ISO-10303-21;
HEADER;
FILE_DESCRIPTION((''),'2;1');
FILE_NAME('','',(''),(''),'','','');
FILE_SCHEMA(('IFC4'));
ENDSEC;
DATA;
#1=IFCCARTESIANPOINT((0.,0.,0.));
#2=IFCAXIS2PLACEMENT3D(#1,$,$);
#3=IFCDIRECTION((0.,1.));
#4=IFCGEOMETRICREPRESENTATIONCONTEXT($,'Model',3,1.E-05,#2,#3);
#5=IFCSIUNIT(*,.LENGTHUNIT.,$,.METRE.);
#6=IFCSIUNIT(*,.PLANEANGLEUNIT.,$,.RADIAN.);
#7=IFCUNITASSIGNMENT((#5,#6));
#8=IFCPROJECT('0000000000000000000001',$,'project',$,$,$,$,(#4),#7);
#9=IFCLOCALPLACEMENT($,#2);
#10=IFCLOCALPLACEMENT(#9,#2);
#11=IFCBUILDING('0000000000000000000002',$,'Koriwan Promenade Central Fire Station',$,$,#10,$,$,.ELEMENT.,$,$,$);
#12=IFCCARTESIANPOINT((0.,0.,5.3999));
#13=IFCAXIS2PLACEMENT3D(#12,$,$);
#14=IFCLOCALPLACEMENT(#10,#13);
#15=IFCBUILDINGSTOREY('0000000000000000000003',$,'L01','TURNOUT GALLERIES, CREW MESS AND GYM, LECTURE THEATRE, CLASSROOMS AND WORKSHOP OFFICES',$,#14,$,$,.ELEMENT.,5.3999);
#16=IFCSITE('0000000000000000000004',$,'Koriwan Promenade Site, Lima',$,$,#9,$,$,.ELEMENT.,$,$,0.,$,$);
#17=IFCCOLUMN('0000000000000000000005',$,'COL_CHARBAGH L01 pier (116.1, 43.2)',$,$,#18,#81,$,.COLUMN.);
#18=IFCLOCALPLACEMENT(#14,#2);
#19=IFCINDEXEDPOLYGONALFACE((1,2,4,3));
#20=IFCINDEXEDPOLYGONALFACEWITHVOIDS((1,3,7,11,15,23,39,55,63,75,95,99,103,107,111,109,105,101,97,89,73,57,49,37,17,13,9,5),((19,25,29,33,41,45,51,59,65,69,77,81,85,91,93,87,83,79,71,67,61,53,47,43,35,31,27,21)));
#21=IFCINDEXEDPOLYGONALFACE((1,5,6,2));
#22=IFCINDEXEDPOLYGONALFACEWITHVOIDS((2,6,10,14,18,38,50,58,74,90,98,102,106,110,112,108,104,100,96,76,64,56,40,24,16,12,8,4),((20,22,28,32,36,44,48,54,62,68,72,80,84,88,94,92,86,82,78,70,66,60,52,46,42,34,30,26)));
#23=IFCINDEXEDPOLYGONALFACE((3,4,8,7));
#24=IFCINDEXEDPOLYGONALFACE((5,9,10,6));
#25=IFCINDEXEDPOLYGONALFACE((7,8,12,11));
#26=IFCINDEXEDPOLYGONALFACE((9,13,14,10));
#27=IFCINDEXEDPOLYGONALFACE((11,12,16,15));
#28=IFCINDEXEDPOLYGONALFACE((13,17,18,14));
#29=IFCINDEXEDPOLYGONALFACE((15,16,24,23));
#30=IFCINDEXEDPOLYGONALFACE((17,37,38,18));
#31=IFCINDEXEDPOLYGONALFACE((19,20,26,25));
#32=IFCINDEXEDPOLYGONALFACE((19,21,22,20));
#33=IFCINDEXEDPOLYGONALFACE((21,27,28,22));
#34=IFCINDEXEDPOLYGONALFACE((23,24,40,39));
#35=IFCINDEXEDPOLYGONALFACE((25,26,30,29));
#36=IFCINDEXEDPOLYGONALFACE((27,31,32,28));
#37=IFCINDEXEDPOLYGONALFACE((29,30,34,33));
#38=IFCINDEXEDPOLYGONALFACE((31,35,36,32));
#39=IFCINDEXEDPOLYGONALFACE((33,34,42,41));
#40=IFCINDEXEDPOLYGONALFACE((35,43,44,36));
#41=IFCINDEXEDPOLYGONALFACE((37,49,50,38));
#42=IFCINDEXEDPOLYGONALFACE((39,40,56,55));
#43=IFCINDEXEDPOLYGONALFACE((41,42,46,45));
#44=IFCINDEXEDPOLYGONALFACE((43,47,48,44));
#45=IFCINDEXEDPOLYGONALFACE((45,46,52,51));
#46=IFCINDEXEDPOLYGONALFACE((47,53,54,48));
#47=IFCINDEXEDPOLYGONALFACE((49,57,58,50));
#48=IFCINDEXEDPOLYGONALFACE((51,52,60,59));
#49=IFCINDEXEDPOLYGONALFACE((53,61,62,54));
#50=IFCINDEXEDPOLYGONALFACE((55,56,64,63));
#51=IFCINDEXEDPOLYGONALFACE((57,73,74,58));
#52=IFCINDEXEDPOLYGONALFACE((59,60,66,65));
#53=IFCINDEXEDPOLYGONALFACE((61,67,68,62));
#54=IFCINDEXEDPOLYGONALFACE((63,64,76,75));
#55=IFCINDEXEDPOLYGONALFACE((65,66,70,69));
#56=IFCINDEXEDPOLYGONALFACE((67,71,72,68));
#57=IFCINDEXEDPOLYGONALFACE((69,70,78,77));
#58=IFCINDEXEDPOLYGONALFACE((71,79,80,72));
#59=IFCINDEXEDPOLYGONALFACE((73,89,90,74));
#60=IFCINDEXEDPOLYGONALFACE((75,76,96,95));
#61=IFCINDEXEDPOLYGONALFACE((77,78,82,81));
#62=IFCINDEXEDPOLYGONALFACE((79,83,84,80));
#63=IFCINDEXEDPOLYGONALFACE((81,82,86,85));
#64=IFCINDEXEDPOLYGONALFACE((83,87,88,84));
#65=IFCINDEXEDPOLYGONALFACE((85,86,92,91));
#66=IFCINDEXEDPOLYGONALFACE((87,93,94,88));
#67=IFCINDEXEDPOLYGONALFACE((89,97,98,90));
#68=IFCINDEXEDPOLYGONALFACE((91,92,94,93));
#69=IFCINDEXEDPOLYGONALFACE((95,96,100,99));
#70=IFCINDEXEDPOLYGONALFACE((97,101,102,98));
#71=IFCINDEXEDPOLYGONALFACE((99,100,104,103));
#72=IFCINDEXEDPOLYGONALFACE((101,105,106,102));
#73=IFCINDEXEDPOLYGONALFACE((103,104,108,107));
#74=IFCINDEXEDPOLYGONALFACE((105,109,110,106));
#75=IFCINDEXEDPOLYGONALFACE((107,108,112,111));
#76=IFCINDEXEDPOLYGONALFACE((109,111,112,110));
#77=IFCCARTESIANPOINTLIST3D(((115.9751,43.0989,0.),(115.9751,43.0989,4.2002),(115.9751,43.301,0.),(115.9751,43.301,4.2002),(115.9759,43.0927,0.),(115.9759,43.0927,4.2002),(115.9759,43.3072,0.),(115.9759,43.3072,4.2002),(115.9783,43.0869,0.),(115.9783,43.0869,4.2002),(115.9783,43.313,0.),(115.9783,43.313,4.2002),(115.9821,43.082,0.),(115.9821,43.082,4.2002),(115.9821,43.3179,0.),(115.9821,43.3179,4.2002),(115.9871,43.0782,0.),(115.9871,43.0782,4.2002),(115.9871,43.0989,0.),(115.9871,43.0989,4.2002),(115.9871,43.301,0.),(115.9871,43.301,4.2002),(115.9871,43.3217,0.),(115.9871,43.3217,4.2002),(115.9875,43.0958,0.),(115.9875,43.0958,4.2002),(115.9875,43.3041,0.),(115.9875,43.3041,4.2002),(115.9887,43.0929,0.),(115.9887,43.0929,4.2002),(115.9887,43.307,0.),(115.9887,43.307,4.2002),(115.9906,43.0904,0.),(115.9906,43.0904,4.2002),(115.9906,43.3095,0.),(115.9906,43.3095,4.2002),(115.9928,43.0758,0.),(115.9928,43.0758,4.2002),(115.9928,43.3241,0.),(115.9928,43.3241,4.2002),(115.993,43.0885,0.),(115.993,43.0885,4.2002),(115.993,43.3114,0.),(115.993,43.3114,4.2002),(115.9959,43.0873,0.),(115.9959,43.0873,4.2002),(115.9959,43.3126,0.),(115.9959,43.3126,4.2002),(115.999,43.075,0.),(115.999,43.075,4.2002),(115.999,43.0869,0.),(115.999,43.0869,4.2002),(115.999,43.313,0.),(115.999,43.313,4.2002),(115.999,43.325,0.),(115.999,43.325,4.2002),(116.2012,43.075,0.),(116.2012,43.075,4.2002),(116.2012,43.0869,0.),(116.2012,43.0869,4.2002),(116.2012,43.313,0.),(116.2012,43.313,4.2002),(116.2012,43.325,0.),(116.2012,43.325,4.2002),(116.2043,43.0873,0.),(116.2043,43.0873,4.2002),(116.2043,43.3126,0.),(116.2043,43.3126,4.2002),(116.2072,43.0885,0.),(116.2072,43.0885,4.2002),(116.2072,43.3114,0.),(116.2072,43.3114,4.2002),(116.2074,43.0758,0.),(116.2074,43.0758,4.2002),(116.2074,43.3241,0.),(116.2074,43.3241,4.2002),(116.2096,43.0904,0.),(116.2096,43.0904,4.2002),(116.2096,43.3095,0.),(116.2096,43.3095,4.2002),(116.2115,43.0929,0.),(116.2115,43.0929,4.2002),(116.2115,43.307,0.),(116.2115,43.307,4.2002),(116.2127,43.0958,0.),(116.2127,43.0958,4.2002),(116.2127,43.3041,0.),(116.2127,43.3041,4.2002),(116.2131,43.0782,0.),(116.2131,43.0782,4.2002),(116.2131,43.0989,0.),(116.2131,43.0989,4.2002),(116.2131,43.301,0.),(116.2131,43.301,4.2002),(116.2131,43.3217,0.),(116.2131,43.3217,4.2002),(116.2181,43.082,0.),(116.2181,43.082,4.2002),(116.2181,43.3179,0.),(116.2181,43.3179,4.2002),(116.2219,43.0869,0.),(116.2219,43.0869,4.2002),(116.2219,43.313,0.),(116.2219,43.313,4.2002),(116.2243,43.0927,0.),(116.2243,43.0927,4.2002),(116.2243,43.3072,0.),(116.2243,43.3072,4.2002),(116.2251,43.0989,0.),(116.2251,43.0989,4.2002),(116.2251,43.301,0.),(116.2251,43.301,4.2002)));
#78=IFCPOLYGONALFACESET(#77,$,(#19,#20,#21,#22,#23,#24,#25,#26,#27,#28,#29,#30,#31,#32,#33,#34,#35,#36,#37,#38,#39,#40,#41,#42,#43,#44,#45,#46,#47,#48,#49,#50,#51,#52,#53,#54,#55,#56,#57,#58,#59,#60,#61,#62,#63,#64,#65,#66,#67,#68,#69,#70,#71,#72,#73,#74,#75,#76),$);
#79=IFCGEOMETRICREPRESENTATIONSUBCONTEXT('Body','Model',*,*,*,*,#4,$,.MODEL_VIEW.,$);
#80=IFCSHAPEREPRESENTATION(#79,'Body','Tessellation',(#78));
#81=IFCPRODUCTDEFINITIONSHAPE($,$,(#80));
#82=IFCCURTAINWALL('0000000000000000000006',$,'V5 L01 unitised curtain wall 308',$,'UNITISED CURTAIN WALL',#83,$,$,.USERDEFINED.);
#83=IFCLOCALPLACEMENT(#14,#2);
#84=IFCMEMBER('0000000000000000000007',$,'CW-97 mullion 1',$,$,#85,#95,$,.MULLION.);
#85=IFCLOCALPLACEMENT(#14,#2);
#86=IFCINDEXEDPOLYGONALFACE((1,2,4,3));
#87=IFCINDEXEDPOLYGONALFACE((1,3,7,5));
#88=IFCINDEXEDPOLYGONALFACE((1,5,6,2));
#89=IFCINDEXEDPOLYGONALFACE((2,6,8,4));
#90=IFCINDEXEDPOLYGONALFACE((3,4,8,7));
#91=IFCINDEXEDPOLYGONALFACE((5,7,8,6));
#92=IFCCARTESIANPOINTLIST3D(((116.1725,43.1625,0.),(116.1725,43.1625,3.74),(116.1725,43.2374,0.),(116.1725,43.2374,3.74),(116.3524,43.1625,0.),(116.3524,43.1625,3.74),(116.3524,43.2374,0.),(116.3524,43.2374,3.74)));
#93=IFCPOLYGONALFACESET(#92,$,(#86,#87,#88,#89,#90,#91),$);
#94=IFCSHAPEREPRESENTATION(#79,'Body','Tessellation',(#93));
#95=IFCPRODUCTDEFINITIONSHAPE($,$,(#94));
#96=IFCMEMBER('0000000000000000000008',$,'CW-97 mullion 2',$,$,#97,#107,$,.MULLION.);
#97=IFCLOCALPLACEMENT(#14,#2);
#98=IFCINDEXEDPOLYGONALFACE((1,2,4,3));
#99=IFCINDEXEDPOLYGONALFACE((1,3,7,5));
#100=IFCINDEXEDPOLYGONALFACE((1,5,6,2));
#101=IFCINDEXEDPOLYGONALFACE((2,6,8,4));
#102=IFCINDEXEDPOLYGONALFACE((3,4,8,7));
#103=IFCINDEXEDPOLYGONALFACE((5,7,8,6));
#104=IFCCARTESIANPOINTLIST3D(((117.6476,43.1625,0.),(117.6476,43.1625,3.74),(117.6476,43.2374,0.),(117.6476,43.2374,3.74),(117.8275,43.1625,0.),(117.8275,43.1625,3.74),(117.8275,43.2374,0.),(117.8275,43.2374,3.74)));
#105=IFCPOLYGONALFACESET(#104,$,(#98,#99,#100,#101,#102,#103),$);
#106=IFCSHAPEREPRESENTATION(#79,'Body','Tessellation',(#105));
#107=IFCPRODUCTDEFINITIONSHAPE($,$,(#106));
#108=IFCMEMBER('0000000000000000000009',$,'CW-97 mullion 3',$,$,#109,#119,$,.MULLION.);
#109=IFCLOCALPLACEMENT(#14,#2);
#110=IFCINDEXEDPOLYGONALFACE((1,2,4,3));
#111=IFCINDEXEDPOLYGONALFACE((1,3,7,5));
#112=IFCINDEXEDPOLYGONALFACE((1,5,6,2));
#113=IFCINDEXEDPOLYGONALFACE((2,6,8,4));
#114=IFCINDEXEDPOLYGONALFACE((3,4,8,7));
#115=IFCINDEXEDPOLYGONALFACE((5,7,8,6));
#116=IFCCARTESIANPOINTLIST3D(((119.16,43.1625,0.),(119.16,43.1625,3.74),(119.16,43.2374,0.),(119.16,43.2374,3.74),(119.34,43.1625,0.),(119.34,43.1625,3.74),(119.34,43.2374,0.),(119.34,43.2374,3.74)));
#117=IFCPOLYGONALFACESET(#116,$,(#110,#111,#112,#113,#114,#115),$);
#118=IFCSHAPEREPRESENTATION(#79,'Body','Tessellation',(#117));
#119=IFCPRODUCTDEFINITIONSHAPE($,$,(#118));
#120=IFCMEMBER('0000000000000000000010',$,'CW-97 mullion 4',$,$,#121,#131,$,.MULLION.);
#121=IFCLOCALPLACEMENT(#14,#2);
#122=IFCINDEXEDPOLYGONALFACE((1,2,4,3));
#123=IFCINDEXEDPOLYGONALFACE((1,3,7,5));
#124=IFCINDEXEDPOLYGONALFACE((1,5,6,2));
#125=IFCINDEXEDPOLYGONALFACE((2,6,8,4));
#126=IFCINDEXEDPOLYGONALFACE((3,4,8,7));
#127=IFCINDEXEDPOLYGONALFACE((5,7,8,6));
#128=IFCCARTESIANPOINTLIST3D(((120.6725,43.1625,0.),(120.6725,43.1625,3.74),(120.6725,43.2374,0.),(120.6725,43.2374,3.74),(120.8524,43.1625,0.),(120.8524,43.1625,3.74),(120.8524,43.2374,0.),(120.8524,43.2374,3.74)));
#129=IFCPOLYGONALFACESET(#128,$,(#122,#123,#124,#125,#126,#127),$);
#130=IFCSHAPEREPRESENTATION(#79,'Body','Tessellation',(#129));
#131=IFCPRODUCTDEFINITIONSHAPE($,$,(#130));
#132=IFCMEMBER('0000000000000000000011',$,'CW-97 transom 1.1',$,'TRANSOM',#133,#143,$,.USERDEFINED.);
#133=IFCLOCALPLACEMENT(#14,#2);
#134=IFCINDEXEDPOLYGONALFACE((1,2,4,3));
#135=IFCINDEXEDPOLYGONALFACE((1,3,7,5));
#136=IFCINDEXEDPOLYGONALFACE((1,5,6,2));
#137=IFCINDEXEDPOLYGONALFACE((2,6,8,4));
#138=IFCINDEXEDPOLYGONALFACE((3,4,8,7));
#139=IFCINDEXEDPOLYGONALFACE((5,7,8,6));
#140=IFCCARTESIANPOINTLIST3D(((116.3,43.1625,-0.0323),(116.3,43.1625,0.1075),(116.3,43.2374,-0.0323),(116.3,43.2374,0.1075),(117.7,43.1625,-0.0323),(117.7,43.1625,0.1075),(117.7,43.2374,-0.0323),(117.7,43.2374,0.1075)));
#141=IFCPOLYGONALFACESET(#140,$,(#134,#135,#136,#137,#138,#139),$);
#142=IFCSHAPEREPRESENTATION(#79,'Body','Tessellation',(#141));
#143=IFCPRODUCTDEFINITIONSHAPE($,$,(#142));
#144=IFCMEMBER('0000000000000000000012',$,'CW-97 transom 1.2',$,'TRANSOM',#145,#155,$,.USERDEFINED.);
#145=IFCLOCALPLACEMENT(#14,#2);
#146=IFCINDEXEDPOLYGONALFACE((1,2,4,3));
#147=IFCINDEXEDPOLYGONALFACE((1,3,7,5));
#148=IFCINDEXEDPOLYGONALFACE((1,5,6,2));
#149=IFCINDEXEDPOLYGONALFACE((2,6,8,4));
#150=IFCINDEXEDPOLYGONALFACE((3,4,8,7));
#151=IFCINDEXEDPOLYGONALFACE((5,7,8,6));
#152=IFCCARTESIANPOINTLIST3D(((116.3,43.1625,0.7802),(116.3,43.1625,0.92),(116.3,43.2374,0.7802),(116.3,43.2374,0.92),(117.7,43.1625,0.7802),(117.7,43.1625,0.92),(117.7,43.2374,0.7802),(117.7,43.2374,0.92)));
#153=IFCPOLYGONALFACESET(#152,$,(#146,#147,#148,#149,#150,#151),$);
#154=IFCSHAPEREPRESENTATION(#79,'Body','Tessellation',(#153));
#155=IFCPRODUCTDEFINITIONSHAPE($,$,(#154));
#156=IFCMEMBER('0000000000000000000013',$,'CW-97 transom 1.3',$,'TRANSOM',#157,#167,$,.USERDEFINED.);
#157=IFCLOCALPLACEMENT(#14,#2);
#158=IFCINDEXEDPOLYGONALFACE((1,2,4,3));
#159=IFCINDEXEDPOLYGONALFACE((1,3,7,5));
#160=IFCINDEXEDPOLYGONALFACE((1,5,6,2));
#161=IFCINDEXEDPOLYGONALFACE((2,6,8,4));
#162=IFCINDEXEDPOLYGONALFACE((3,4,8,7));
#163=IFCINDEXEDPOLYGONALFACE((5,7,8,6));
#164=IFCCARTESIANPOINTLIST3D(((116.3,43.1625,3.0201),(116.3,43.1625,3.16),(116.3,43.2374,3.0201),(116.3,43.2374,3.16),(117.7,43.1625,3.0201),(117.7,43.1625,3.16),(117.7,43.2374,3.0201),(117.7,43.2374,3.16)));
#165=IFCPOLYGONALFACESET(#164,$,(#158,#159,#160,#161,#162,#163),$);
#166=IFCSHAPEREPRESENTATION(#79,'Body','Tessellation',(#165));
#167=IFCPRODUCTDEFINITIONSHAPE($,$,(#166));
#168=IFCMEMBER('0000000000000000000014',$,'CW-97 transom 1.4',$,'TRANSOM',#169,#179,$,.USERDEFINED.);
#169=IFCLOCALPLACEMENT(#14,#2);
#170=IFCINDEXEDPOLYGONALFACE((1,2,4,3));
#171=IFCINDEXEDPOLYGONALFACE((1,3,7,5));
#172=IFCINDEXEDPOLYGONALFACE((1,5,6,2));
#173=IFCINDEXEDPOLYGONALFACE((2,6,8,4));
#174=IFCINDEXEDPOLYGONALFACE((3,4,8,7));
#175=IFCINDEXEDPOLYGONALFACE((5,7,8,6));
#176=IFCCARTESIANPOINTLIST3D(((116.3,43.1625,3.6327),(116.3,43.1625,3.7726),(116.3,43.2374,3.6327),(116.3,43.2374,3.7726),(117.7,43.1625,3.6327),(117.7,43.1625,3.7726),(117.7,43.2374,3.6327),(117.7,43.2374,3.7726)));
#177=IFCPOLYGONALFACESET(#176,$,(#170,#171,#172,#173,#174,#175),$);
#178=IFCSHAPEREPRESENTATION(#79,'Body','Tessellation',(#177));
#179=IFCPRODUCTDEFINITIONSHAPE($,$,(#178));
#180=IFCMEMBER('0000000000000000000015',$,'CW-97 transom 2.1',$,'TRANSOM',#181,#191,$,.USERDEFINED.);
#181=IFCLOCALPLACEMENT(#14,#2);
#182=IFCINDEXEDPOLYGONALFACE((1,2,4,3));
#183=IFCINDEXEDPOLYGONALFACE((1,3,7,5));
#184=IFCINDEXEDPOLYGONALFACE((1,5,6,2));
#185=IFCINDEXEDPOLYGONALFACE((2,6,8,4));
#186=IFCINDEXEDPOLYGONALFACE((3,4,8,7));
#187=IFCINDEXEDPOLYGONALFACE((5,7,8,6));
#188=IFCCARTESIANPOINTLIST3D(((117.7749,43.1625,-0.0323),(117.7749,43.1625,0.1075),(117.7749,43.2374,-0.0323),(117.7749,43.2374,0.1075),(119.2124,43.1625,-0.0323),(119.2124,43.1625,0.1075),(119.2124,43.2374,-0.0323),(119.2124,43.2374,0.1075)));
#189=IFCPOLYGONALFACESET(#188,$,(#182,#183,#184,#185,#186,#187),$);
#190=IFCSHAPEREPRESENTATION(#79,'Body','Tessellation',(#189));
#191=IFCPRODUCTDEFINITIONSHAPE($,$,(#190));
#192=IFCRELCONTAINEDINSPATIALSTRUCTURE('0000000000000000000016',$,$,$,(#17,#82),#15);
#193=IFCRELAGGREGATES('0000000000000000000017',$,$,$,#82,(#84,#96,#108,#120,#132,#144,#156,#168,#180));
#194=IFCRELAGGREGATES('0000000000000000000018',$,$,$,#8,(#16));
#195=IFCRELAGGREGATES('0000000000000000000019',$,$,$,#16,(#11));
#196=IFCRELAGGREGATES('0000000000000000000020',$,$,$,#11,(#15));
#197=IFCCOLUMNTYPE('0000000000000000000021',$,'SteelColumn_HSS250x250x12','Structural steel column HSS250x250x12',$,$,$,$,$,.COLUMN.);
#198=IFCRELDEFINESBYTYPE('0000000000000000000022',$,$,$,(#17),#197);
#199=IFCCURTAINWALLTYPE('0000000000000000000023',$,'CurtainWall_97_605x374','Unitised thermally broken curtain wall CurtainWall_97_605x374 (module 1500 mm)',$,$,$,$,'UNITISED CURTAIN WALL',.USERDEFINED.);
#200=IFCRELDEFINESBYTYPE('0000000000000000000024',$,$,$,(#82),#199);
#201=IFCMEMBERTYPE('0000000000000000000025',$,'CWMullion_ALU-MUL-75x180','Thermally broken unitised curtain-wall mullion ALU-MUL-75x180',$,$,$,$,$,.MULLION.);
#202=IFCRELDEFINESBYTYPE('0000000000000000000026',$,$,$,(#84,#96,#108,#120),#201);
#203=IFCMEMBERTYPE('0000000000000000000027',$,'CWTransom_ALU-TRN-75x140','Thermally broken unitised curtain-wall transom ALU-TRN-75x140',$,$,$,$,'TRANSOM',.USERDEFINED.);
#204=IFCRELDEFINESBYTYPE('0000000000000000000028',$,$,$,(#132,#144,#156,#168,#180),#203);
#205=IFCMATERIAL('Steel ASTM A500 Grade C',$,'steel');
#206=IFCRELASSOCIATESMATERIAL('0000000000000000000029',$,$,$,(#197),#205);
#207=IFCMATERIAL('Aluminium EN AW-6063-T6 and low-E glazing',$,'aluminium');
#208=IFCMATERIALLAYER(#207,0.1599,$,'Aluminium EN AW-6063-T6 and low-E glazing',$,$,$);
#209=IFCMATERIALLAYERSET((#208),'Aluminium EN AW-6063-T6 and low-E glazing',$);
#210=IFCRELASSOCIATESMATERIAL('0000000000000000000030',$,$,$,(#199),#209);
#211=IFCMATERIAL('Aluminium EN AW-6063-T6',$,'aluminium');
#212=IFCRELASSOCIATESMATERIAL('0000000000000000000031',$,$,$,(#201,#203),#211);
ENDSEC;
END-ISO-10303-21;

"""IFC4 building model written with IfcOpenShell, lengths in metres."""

from ifc_helpers import new_model, si_unit, direction, frame, origin, origin_2d, place, context, subcontext, project, spatial, rectangle, hollow_rectangle, extrude, material, layer, layer_set, material_profile, profile_set, type_object, element, aggregate, save


model = new_model("IFC4")

# Units and contexts
model_context = context("Model", 3, precision=1e-05, world=origin(), true_north=direction((0.0, 1.0)))
body_context = subcontext(model_context, "Body", "Model", "MODEL_VIEW")
ifc_project = project(units=[si_unit("LENGTHUNIT", "METRE"), si_unit("PLANEANGLEUNIT", "RADIAN")], contexts=[model_context])

# Site, building, storey
site_placement = place(None, origin())
site = spatial("IfcSite", under=ifc_project, at=site_placement, Name="Koriwan Promenade Site, Lima", CompositionType="ELEMENT", RefElevation=0.0)
building_placement = place(site_placement, origin())
building = spatial("IfcBuilding", under=site, at=building_placement, Name="Koriwan Promenade Central Fire Station", CompositionType="ELEMENT")
storey_placement = place(building_placement, frame((0.0, 0.0, 5.3999)))
storey = spatial("IfcBuildingStorey", under=building, at=storey_placement, Name="L01", Description="TURNOUT GALLERIES, CREW MESS AND GYM, LECTURE THEATRE, CLASSROOMS AND WORKSHOP OFFICES", CompositionType="ELEMENT", Elevation=5.3999)

# Column
ifc_material_1 = material(Name="Steel ASTM A500 Grade C", Category="steel")
ifc_material_profile_1 = material_profile(ifc_material_1, hollow_rectangle(XDim=0.25, YDim=0.25, WallThickness=0.012, InnerFilletRadius=0.012, OuterFilletRadius=0.0239, at=origin_2d()), Name="HSS250x250x12")
ifc_profile_set_1 = profile_set([ifc_material_profile_1], Name="Steel ASTM A500 Grade C")
column_type = type_object("IfcColumnType", Name="SteelColumn_HSS250x250x12", Description="Structural steel column HSS250x250x12", PredefinedType="COLUMN", material=ifc_profile_set_1)
column_placement = place(storey_placement, frame((116.1001, 43.2, 0.0), z_axis=(0.0, 0.0, 1.0), x_axis=(1.0, 0.0, 0.0)))
element("IfcColumn", 1, at=column_placement, inside=storey, type_object=column_type, Name="COL_CHARBAGH L01 pier (116.1, 43.2)", PredefinedType="COLUMN", context=body_context, shape_type="SweptSolid", body=[
    extrude(hollow_rectangle(XDim=0.25, YDim=0.25, WallThickness=0.012, InnerFilletRadius=0.012, OuterFilletRadius=0.0239, at=origin_2d()), origin(), (0.0, 0.0, 1.0), 4.2002),
])

# Curtain wall, members
ifc_material_2 = material(Name="Aluminium EN AW-6063-T6 and low-E glazing", Category="aluminium")
ifc_layer_1 = layer(ifc_material_2, 0.1599, Name="Aluminium EN AW-6063-T6 and low-E glazing")
ifc_layer_set_1 = layer_set([ifc_layer_1], Name="Aluminium EN AW-6063-T6 and low-E glazing")
curtain_wall_type = type_object("IfcCurtainWallType", Name="CurtainWall_97_605x374", Description="Unitised thermally broken curtain wall CurtainWall_97_605x374 (module 1500 mm)", ElementType="UNITISED CURTAIN WALL", PredefinedType="USERDEFINED", material=ifc_layer_set_1)
curtain_wall_placement = place(storey_placement, origin())
curtain_wall = element("IfcCurtainWall", 2, at=curtain_wall_placement, inside=storey, type_object=curtain_wall_type, Name="V5 L01 unitised curtain wall 308", ObjectType="UNITISED CURTAIN WALL", PredefinedType="USERDEFINED")
ifc_material_3 = material(Name="Aluminium EN AW-6063-T6", Category="aluminium")
ifc_material_profile_2 = material_profile(ifc_material_3, rectangle(XDim=0.075, YDim=0.1799, at=origin_2d()), Name="ALU-MUL-75x180")
ifc_profile_set_2 = profile_set([ifc_material_profile_2], Name="Aluminium EN AW-6063-T6")
member_type_1 = type_object("IfcMemberType", Name="CWMullion_ALU-MUL-75x180", Description="Thermally broken unitised curtain-wall mullion ALU-MUL-75x180", PredefinedType="MULLION", material=ifc_profile_set_2)
member_1_placement = place(storey_placement, frame((116.2625, 43.2, 0.0), z_axis=(0.0, 0.0, 1.0), x_axis=(0.0, 1.0, 0.0)))
member_1 = element("IfcMember", 3, at=member_1_placement, type_object=member_type_1, Name="CW-97 mullion 1", PredefinedType="MULLION", context=body_context, shape_type="SweptSolid", body=[
    extrude(rectangle(XDim=0.075, YDim=0.1799, at=origin_2d()), origin(), (0.0, 0.0, 1.0), 3.74),
])
member_2_placement = place(storey_placement, frame((117.7375, 43.2, 0.0), z_axis=(0.0, 0.0, 1.0), x_axis=(0.0, 1.0, 0.0)))
member_2 = element("IfcMember", 4, at=member_2_placement, type_object=member_type_1, Name="CW-97 mullion 2", PredefinedType="MULLION", context=body_context, shape_type="SweptSolid", body=[
    extrude(rectangle(XDim=0.075, YDim=0.1799, at=origin_2d()), origin(), (0.0, 0.0, 1.0), 3.74),
])
member_3_placement = place(storey_placement, frame((119.25, 43.2, 0.0), z_axis=(0.0, 0.0, 1.0), x_axis=(0.0, 1.0, 0.0)))
member_3 = element("IfcMember", 5, at=member_3_placement, type_object=member_type_1, Name="CW-97 mullion 3", PredefinedType="MULLION", context=body_context, shape_type="SweptSolid", body=[
    extrude(rectangle(XDim=0.075, YDim=0.1799, at=origin_2d()), origin(), (0.0, 0.0, 1.0), 3.74),
])
member_4_placement = place(storey_placement, frame((120.7625, 43.2, 0.0), z_axis=(0.0, 0.0, 1.0), x_axis=(0.0, 1.0, 0.0)))
member_4 = element("IfcMember", 6, at=member_4_placement, type_object=member_type_1, Name="CW-97 mullion 4", PredefinedType="MULLION", context=body_context, shape_type="SweptSolid", body=[
    extrude(rectangle(XDim=0.075, YDim=0.1799, at=origin_2d()), origin(), (0.0, 0.0, 1.0), 3.74),
])
ifc_material_profile_3 = material_profile(ifc_material_3, rectangle(XDim=0.075, YDim=0.1399, at=origin_2d()), Name="ALU-TRN-75x140")
ifc_profile_set_3 = profile_set([ifc_material_profile_3], Name="Aluminium EN AW-6063-T6")
member_type_2 = type_object("IfcMemberType", Name="CWTransom_ALU-TRN-75x140", Description="Thermally broken unitised curtain-wall transom ALU-TRN-75x140", ElementType="TRANSOM", PredefinedType="USERDEFINED", material=ifc_profile_set_3)
member_5_placement = place(storey_placement, frame((116.3, 43.2, 0.0376), z_axis=(1.0, 0.0, 0.0), x_axis=(0.0, 1.0, 0.0)))
member_5 = element("IfcMember", 7, at=member_5_placement, type_object=member_type_2, Name="CW-97 transom 1.1", ObjectType="TRANSOM", PredefinedType="USERDEFINED", context=body_context, shape_type="SweptSolid", body=[
    extrude(rectangle(XDim=0.075, YDim=0.1399, at=origin_2d()), origin(), (0.0, 0.0, 1.0), 1.3999),
])
member_6_placement = place(storey_placement, frame((116.3, 43.2, 0.8501), z_axis=(1.0, 0.0, 0.0), x_axis=(0.0, 1.0, 0.0)))
member_6 = element("IfcMember", 8, at=member_6_placement, type_object=member_type_2, Name="CW-97 transom 1.2", ObjectType="TRANSOM", PredefinedType="USERDEFINED", context=body_context, shape_type="SweptSolid", body=[
    extrude(rectangle(XDim=0.075, YDim=0.1399, at=origin_2d()), origin(), (0.0, 0.0, 1.0), 1.3999),
])
member_7_placement = place(storey_placement, frame((116.3, 43.2, 3.0901), z_axis=(1.0, 0.0, 0.0), x_axis=(0.0, 1.0, 0.0)))
member_7 = element("IfcMember", 9, at=member_7_placement, type_object=member_type_2, Name="CW-97 transom 1.3", ObjectType="TRANSOM", PredefinedType="USERDEFINED", context=body_context, shape_type="SweptSolid", body=[
    extrude(rectangle(XDim=0.075, YDim=0.1399, at=origin_2d()), origin(), (0.0, 0.0, 1.0), 1.3999),
])
member_8_placement = place(storey_placement, frame((116.3, 43.2, 3.7026), z_axis=(1.0, 0.0, 0.0), x_axis=(0.0, 1.0, 0.0)))
member_8 = element("IfcMember", 10, at=member_8_placement, type_object=member_type_2, Name="CW-97 transom 1.4", ObjectType="TRANSOM", PredefinedType="USERDEFINED", context=body_context, shape_type="SweptSolid", body=[
    extrude(rectangle(XDim=0.075, YDim=0.1399, at=origin_2d()), origin(), (0.0, 0.0, 1.0), 1.3999),
])
member_9_placement = place(storey_placement, frame((117.7749, 43.2, 0.0376), z_axis=(1.0, 0.0, 0.0), x_axis=(0.0, 1.0, 0.0)))
member_9 = element("IfcMember", 11, at=member_9_placement, type_object=member_type_2, Name="CW-97 transom 2.1", ObjectType="TRANSOM", PredefinedType="USERDEFINED", context=body_context, shape_type="SweptSolid", body=[
    extrude(rectangle(XDim=0.075, YDim=0.1399, at=origin_2d()), origin(), (0.0, 0.0, 1.0), 1.4375),
])

aggregate(curtain_wall, [member_1, member_2, member_3, member_4, member_5, member_6, member_7, member_8, member_9])

save(model, "model.ifc")
